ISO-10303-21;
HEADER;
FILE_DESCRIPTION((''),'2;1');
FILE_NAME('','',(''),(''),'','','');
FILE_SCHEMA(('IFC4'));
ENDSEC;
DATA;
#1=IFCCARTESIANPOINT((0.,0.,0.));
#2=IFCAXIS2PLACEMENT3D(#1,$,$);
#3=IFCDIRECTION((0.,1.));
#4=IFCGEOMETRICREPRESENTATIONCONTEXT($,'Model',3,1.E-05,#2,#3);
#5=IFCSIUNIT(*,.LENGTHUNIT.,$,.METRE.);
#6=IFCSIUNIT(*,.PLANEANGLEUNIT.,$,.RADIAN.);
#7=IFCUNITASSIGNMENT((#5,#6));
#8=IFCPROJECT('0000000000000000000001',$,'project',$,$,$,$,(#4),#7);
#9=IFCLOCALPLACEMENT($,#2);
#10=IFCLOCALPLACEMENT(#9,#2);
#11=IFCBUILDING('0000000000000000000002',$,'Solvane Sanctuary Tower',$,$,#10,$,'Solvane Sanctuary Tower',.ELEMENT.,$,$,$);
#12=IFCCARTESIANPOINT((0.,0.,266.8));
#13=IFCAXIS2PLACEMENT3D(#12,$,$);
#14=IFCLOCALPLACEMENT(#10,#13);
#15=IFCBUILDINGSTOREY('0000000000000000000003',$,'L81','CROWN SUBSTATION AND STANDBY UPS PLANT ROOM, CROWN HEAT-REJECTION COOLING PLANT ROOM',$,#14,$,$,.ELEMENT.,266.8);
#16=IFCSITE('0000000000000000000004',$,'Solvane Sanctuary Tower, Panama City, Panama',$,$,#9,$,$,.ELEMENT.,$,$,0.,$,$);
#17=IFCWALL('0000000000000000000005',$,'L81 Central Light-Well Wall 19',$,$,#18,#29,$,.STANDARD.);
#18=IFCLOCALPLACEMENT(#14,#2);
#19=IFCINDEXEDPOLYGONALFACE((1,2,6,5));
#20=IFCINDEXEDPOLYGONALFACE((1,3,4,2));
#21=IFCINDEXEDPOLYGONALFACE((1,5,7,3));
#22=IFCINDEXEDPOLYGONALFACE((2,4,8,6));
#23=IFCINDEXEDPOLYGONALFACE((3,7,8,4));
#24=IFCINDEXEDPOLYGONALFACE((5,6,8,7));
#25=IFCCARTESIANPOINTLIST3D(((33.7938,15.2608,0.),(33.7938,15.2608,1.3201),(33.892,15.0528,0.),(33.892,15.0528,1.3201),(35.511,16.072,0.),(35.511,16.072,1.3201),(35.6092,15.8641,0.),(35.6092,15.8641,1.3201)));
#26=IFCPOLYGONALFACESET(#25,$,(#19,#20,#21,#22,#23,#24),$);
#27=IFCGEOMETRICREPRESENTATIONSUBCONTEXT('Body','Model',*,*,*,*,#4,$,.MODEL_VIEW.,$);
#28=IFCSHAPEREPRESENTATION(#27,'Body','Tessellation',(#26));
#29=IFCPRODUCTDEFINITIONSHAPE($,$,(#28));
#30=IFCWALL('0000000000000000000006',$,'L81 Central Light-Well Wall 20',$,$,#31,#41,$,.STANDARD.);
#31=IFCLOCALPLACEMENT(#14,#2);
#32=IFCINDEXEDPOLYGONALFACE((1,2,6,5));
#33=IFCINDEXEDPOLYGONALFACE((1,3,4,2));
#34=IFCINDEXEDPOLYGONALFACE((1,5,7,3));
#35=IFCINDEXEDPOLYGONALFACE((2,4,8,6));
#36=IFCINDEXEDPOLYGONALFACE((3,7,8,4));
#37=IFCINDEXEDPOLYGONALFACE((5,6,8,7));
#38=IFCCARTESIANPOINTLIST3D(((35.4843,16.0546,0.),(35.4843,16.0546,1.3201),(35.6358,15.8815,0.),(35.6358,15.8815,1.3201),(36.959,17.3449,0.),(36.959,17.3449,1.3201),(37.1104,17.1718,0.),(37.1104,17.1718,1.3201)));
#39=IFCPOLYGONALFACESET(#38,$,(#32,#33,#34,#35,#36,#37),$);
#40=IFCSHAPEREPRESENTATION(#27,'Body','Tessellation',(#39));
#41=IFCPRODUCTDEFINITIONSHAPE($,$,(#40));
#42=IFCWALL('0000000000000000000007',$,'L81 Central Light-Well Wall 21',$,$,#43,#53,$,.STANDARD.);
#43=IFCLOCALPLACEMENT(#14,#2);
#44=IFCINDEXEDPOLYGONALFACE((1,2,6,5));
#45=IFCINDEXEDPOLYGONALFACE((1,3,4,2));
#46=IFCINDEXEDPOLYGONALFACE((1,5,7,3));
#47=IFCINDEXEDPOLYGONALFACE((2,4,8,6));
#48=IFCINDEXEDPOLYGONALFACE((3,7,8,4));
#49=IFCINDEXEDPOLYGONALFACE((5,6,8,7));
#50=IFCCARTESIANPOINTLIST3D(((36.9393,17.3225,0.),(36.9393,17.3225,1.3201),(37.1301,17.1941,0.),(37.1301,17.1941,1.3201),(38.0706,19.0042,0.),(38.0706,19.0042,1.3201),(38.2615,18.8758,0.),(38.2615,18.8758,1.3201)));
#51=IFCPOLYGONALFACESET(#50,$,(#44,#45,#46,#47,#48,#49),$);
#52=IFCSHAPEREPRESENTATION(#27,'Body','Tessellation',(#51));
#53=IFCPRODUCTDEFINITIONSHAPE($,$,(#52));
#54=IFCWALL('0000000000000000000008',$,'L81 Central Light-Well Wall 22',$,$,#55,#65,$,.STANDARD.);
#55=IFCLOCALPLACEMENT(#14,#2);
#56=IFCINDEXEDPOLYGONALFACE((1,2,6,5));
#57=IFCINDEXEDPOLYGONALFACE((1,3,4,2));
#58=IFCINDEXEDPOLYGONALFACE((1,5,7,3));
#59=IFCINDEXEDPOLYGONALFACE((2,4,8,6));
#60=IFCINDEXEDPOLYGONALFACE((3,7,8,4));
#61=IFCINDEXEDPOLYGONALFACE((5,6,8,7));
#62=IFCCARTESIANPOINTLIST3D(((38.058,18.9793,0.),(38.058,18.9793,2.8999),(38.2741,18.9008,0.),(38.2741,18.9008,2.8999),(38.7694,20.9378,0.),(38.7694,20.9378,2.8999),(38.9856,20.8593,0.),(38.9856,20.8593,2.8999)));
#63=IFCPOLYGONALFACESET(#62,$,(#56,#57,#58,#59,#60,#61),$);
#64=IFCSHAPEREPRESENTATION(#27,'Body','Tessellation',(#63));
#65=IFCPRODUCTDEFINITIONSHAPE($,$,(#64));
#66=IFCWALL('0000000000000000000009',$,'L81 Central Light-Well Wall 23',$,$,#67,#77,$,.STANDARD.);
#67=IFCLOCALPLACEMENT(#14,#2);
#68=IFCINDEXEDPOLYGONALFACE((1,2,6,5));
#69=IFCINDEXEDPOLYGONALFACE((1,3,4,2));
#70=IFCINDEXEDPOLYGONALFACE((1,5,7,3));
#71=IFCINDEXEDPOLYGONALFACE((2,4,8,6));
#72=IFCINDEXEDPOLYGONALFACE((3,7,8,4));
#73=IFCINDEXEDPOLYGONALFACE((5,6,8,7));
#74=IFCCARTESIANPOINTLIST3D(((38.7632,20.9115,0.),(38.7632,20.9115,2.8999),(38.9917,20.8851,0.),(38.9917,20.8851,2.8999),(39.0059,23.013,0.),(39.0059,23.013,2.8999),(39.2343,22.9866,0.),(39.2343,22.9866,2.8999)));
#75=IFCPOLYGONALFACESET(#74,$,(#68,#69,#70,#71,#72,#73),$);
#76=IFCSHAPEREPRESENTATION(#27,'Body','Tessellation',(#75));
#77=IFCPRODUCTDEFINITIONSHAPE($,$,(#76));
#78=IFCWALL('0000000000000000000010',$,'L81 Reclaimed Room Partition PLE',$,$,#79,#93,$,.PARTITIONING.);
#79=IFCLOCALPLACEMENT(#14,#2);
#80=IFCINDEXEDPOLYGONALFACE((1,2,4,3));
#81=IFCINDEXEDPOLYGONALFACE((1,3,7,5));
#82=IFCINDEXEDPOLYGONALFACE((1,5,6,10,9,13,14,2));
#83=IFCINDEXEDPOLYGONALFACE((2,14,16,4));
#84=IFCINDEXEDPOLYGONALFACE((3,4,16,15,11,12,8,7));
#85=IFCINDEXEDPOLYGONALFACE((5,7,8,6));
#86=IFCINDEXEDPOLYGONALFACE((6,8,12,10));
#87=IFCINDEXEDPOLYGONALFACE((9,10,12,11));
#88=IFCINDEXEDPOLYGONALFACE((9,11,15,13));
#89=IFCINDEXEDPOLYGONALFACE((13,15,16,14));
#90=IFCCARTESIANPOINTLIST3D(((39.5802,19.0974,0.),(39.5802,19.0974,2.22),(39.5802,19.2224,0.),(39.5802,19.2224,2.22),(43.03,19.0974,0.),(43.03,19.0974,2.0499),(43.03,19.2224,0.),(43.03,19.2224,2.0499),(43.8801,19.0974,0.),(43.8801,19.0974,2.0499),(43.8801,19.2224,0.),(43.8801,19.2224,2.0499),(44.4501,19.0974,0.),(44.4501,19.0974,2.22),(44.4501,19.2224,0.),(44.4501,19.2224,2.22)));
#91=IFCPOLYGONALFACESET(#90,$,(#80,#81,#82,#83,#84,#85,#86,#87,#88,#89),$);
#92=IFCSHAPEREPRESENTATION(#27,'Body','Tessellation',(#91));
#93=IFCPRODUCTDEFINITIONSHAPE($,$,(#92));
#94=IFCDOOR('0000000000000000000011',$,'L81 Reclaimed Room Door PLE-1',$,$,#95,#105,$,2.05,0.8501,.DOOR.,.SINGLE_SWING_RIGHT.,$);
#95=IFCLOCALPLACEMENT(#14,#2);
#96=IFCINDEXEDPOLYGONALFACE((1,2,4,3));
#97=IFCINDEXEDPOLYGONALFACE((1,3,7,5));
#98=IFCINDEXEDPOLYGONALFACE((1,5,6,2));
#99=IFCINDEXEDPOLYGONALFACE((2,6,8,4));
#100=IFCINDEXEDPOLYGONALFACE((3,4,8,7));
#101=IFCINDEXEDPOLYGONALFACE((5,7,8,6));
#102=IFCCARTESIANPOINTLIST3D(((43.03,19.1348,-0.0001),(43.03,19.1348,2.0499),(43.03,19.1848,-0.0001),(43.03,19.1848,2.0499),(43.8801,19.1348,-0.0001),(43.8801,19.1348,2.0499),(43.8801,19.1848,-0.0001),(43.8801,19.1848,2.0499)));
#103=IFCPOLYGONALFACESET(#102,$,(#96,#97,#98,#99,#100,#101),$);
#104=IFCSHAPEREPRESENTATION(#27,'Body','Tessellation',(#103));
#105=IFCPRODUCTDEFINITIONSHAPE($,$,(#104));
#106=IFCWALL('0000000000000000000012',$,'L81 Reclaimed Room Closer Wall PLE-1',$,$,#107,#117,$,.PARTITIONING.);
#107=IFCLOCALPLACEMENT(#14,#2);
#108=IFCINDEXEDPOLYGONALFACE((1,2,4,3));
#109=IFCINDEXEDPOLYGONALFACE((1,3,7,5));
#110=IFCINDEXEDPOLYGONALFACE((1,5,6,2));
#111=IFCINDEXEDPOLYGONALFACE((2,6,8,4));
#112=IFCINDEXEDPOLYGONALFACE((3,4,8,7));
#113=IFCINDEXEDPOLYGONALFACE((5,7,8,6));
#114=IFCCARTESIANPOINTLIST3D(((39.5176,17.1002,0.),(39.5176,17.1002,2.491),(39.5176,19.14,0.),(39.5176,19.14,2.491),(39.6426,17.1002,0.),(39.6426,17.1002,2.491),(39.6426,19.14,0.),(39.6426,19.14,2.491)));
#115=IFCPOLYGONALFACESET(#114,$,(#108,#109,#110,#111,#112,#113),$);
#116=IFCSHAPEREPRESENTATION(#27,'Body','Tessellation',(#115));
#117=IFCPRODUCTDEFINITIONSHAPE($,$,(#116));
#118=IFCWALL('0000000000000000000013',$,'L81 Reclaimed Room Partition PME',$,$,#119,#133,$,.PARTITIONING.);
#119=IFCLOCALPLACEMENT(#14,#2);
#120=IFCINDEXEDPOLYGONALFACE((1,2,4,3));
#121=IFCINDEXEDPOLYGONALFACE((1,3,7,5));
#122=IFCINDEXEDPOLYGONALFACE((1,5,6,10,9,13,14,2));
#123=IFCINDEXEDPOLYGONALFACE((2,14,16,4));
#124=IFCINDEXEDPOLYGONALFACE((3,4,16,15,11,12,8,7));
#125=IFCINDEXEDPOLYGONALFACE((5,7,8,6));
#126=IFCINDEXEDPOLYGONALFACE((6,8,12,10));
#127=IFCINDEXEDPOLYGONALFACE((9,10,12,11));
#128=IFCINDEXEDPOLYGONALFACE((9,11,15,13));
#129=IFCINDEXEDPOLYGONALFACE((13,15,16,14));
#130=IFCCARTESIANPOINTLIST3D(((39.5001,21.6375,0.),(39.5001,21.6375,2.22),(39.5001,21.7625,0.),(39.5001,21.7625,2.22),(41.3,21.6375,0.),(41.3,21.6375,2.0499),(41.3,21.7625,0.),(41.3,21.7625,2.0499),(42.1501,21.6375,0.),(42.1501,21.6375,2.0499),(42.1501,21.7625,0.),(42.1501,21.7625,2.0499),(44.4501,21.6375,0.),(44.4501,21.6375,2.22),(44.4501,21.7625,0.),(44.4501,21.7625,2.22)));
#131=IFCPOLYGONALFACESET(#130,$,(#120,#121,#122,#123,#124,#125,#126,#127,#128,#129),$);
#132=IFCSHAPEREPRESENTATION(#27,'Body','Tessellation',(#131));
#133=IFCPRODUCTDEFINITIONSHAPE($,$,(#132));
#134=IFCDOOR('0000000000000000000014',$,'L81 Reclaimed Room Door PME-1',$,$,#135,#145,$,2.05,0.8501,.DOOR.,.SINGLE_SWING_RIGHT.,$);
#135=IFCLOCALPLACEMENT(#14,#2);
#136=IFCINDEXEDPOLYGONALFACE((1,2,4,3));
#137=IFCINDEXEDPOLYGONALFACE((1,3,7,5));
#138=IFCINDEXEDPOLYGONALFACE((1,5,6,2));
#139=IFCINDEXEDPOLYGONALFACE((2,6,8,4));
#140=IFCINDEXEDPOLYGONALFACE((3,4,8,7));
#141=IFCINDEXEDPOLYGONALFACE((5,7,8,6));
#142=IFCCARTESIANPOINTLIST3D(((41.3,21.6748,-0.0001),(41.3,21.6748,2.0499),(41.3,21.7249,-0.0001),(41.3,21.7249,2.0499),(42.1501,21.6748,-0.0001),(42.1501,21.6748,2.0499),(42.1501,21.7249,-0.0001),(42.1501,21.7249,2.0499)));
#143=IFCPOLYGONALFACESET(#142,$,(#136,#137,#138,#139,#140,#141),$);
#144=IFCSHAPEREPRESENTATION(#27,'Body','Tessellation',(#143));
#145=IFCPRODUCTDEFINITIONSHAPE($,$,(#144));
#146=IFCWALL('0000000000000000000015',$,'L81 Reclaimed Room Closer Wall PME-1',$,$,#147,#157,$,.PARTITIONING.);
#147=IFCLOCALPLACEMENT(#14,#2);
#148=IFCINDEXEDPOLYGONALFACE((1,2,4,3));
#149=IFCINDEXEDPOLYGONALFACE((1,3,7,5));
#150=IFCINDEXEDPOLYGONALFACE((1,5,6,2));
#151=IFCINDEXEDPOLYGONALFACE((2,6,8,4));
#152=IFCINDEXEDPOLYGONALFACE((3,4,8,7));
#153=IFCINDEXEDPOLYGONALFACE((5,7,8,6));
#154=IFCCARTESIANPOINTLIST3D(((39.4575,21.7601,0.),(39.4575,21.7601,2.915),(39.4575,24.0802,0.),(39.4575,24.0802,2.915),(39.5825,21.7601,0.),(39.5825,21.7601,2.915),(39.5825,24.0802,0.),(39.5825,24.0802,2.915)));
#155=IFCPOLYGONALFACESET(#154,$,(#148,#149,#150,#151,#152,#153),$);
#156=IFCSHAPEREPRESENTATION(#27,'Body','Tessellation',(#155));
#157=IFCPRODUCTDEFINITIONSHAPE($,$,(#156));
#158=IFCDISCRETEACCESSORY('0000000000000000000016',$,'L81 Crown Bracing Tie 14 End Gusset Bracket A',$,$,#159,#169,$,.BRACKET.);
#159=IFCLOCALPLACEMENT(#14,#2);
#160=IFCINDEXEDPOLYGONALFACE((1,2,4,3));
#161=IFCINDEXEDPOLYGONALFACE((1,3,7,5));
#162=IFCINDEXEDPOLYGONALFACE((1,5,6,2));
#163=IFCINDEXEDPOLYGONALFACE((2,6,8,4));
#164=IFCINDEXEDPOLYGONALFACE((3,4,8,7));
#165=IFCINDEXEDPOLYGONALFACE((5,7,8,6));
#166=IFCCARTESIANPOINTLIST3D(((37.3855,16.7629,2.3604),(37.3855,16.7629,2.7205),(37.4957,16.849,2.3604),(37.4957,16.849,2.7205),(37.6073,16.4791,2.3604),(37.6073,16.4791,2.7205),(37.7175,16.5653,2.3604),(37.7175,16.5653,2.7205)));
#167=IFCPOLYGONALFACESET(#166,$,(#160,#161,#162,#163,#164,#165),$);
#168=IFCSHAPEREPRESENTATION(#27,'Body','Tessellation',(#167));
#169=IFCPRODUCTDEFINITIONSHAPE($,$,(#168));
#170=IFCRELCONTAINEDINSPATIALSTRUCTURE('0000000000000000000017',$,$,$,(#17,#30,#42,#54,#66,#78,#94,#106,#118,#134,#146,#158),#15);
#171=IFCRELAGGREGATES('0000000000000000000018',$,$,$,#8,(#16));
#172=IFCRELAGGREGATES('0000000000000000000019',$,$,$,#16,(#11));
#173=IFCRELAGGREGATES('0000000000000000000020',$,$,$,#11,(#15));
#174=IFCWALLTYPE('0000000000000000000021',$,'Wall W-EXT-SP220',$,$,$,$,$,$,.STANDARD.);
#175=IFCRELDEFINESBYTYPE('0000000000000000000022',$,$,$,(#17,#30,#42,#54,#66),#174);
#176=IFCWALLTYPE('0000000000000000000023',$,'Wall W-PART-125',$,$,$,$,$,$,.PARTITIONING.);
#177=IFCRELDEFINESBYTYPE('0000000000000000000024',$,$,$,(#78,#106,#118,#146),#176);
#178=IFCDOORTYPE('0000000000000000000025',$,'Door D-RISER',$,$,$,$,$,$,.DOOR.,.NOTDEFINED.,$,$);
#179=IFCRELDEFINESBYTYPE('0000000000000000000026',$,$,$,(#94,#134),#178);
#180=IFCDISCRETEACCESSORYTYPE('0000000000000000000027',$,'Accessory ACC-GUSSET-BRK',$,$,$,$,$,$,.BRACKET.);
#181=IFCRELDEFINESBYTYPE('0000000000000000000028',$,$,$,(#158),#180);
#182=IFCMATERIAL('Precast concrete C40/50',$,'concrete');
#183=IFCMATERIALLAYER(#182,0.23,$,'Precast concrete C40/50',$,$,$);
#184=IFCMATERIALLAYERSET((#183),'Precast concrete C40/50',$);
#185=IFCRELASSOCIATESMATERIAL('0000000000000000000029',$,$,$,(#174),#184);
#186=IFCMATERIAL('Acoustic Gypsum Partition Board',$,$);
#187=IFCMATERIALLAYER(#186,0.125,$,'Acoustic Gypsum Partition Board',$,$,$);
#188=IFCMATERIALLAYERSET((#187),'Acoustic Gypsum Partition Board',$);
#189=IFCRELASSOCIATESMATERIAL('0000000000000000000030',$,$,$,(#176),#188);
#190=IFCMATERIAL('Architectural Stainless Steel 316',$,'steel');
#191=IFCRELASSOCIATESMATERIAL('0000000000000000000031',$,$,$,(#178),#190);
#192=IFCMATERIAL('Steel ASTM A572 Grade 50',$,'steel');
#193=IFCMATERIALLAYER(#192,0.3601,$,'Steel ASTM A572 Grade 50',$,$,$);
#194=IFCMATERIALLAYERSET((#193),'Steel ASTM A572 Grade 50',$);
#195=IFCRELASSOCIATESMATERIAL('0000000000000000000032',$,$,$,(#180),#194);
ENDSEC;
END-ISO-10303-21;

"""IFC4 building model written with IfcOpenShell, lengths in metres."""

from ifc_helpers import new_model, si_unit, direction, frame, frame_2d, origin, origin_2d, place, context, subcontext, project, spatial, rectangle, extrude, material, layer, layer_set, type_object, element, fill, save


model = new_model("IFC4")

# Units and contexts
model_context = context("Model", 3, precision=1e-05, world=origin(), true_north=direction((0.0, 1.0)))
body_context = subcontext(model_context, "Body", "Model", "MODEL_VIEW")
ifc_project = project(units=[si_unit("LENGTHUNIT", "METRE"), si_unit("PLANEANGLEUNIT", "RADIAN")], contexts=[model_context])

# Site, building, storey
site_placement = place(None, origin())
site = spatial("IfcSite", under=ifc_project, at=site_placement, Name="Solvane Sanctuary Tower, Panama City, Panama", CompositionType="ELEMENT", RefElevation=0.0)
building_placement = place(site_placement, origin())
building = spatial("IfcBuilding", under=site, at=building_placement, Name="Solvane Sanctuary Tower", LongName="Solvane Sanctuary Tower", CompositionType="ELEMENT")
storey_placement = place(building_placement, frame((0.0, 0.0, 266.8)))
storey = spatial("IfcBuildingStorey", under=building, at=storey_placement, Name="L81", Description="CROWN SUBSTATION AND STANDBY UPS PLANT ROOM, CROWN HEAT-REJECTION COOLING PLANT ROOM", CompositionType="ELEMENT", Elevation=266.8)

# Walls
ifc_material_1 = material(Name="Precast concrete C40/50", Category="concrete")
ifc_layer_1 = layer(ifc_material_1, 0.23, Name="Precast concrete C40/50")
ifc_layer_set_1 = layer_set([ifc_layer_1], Name="Precast concrete C40/50")
wall_type_1 = type_object("IfcWallType", Name="Wall W-EXT-SP220", PredefinedType="STANDARD", material=ifc_layer_set_1)
wall_1_placement = place(storey_placement, frame((33.8428, 15.1567, 0.0), z_axis=(0.0, 0.0, 1.0), x_axis=(0.90418, 0.427152, 0.0)))
element("IfcWall", 1, at=wall_1_placement, inside=storey, type_object=wall_type_1, Name="L81 Central Light-Well Wall 19", PredefinedType="STANDARD", context=body_context, shape_type="SweptSolid", body=[
    extrude(rectangle(XDim=1.8992, YDim=0.23, at=frame_2d((0.9497, 0.0))), origin(), (0.0, 0.0, 1.0), 1.3201),
])
wall_2_placement = place(storey_placement, frame((35.5601, 15.968, 0.0), z_axis=(0.0, 0.0, 1.0), x_axis=(0.752577, 0.658505, 0.0)))
element("IfcWall", 2, at=wall_2_placement, inside=storey, type_object=wall_type_1, Name="L81 Central Light-Well Wall 20", PredefinedType="STANDARD", context=body_context, shape_type="SweptSolid", body=[
    extrude(rectangle(XDim=1.9595, YDim=0.23, at=frame_2d((0.9797, 0.0))), origin(), (0.0, 0.0, 1.0), 1.3201),
])
wall_3_placement = place(storey_placement, frame((37.0347, 17.2583, 0.0), z_axis=(0.0, 0.0, 1.0), x_axis=(0.558198, 0.829708, 0.0)))
element("IfcWall", 3, at=wall_3_placement, inside=storey, type_object=wall_type_1, Name="L81 Central Light-Well Wall 21", PredefinedType="STANDARD", context=body_context, shape_type="SweptSolid", body=[
    extrude(rectangle(XDim=2.0269, YDim=0.23, at=frame_2d((1.0134, 0.0))), origin(), (0.0, 0.0, 1.0), 1.3201),
])
wall_4_placement = place(storey_placement, frame((38.166, 18.9399, 0.0), z_axis=(0.0, 0.0, 1.0), x_axis=(0.341423, 0.93991, 0.0)))
element("IfcWall", 4, at=wall_4_placement, inside=storey, type_object=wall_type_1, Name="L81 Central Light-Well Wall 22", PredefinedType="STANDARD", context=body_context, shape_type="SweptSolid", body=[
    extrude(rectangle(XDim=2.0837, YDim=0.23, at=frame_2d((1.042, 0.0))), origin(), (0.0, 0.0, 1.0), 2.8999),
])
wall_5_placement = place(storey_placement, frame((38.8774, 20.8984, 0.0), z_axis=(0.0, 0.0, 1.0), x_axis=(0.114712, 0.993399, 0.0)))
element("IfcWall", 5, at=wall_5_placement, inside=storey, type_object=wall_type_1, Name="L81 Central Light-Well Wall 23", PredefinedType="STANDARD", context=body_context, shape_type="SweptSolid", body=[
    extrude(rectangle(XDim=2.1155, YDim=0.23, at=frame_2d((1.0576, 0.0))), origin(), (0.0, 0.0, 1.0), 2.8999),
])

# Wall, opening, door
ifc_material_2 = material(Name="Acoustic Gypsum Partition Board")
ifc_layer_2 = layer(ifc_material_2, 0.125, Name="Acoustic Gypsum Partition Board")
ifc_layer_set_2 = layer_set([ifc_layer_2], Name="Acoustic Gypsum Partition Board")
wall_type_2 = type_object("IfcWallType", Name="Wall W-PART-125", PredefinedType="PARTITIONING", material=ifc_layer_set_2)
wall_6_placement = place(storey_placement, frame((39.5801, 19.1599, 0.0), z_axis=(0.0, 0.0, 1.0), x_axis=(1.0, 0.0, 0.0)))
wall_6 = element("IfcWall", 6, at=wall_6_placement, inside=storey, type_object=wall_type_2, Name="L81 Reclaimed Room Partition PLE", PredefinedType="PARTITIONING", context=body_context, shape_type="SweptSolid", body=[
    extrude(rectangle(XDim=4.8699, YDim=0.125, at=frame_2d((2.4351, 0.0))), origin(), (0.0, 0.0, 1.0), 2.22),
])
opening_1_placement = place(wall_6_placement, frame((3.45, 0.0, 0.0)))
opening_1 = element("IfcOpeningElement", 7, at=opening_1_placement, cuts=wall_6, PredefinedType="OPENING", context=body_context, shape_type="SweptSolid", body=[
    extrude(rectangle(XDim=0.8501, YDim=2.05, at=frame_2d((0.425, 1.0249))), frame((0.0, 0.0725, 0.0), z_axis=(0.0, -1.0, 0.0), x_axis=(1.0, 0.0, 0.0)), (0.0, 0.0, 1.0), 0.145),
])
ifc_material_3 = material(Name="Architectural Stainless Steel 316", Category="steel")
door_type = type_object("IfcDoorType", Name="Door D-RISER", OperationType="NOTDEFINED", PredefinedType="DOOR", material=ifc_material_3)
door_1_placement = place(opening_1_placement, origin())
door_1 = element("IfcDoor", 8, at=door_1_placement, inside=storey, type_object=door_type, Name="L81 Reclaimed Room Door PLE-1", OperationType="SINGLE_SWING_RIGHT", OverallHeight=2.05, OverallWidth=0.8501, PredefinedType="DOOR", context=body_context, shape_type="SweptSolid", body=[
    extrude(rectangle(XDim=0.8501, YDim=2.05, at=frame_2d((0.425, 1.0249))), frame((0.0, 0.0249, 0.0), z_axis=(0.0, -1.0, 0.0), x_axis=(1.0, 0.0, 0.0)), (0.0, 0.0, 1.0), 0.05),
])
fill(opening_1, door_1)

# Wall
wall_7_placement = place(storey_placement, frame((39.5801, 17.1001, 0.0), z_axis=(0.0, 0.0, 1.0), x_axis=(0.0, 1.0, 0.0)))
element("IfcWall", 9, at=wall_7_placement, inside=storey, type_object=wall_type_2, Name="L81 Reclaimed Room Closer Wall PLE-1", PredefinedType="PARTITIONING", context=body_context, shape_type="SweptSolid", body=[
    extrude(rectangle(XDim=2.0398, YDim=0.125, at=frame_2d((1.02, 0.0))), origin(), (0.0, 0.0, 1.0), 2.491),
])

# Wall, opening, door
wall_8_placement = place(storey_placement, frame((39.5, 21.7, 0.0), z_axis=(0.0, 0.0, 1.0), x_axis=(1.0, 0.0, 0.0)))
wall_8 = element("IfcWall", 10, at=wall_8_placement, inside=storey, type_object=wall_type_2, Name="L81 Reclaimed Room Partition PME", PredefinedType="PARTITIONING", context=body_context, shape_type="SweptSolid", body=[
    extrude(rectangle(XDim=4.95, YDim=0.125, at=frame_2d((2.4751, 0.0))), origin(), (0.0, 0.0, 1.0), 2.22),
])
opening_2_placement = place(wall_8_placement, frame((1.8, 0.0, 0.0)))
opening_2 = element("IfcOpeningElement", 11, at=opening_2_placement, cuts=wall_8, PredefinedType="OPENING", context=body_context, shape_type="SweptSolid", body=[
    extrude(rectangle(XDim=0.8501, YDim=2.05, at=frame_2d((0.425, 1.0249))), frame((0.0, 0.0725, 0.0), z_axis=(0.0, -1.0, 0.0), x_axis=(1.0, 0.0, 0.0)), (0.0, 0.0, 1.0), 0.145),
])
door_2_placement = place(opening_2_placement, origin())
door_2 = element("IfcDoor", 12, at=door_2_placement, inside=storey, type_object=door_type, Name="L81 Reclaimed Room Door PME-1", OperationType="SINGLE_SWING_RIGHT", OverallHeight=2.05, OverallWidth=0.8501, PredefinedType="DOOR", context=body_context, shape_type="SweptSolid", body=[
    extrude(rectangle(XDim=0.8501, YDim=2.05, at=frame_2d((0.425, 1.0249))), frame((0.0, 0.0249, 0.0), z_axis=(0.0, -1.0, 0.0), x_axis=(1.0, 0.0, 0.0)), (0.0, 0.0, 1.0), 0.05),
])
fill(opening_2, door_2)

# Wall
wall_9_placement = place(storey_placement, frame((39.52, 21.76, 0.0), z_axis=(0.0, 0.0, 1.0), x_axis=(0.0, 1.0, 0.0)))
element("IfcWall", 13, at=wall_9_placement, inside=storey, type_object=wall_type_2, Name="L81 Reclaimed Room Closer Wall PME-1", PredefinedType="PARTITIONING", context=body_context, shape_type="SweptSolid", body=[
    extrude(rectangle(XDim=2.3201, YDim=0.125, at=frame_2d((1.1602, 0.0))), origin(), (0.0, 0.0, 1.0), 2.915),
])

# Discrete accessory
ifc_material_4 = material(Name="Steel ASTM A572 Grade 50", Category="steel")
ifc_layer_3 = layer(ifc_material_4, 0.3601, Name="Steel ASTM A572 Grade 50")
ifc_layer_set_3 = layer_set([ifc_layer_3], Name="Steel ASTM A572 Grade 50")
discrete_accessory_type = type_object("IfcDiscreteAccessoryType", Name="Accessory ACC-GUSSET-BRK", PredefinedType="BRACKET", material=ifc_layer_set_3)
discrete_accessory_placement = place(storey_placement, frame((37.5515, 16.6641, 2.3604), z_axis=(0.0, 0.0, 1.0), x_axis=(0.615799, -0.787903, 0.0)))
element("IfcDiscreteAccessory", 14, at=discrete_accessory_placement, inside=storey, type_object=discrete_accessory_type, Name="L81 Crown Bracing Tie 14 End Gusset Bracket A", PredefinedType="BRACKET", context=body_context, shape_type="SweptSolid", body=[
    extrude(rectangle(XDim=0.3601, YDim=0.1399, at=origin_2d()), origin(), (0.0, 0.0, 1.0), 0.3601),
])

save(model, "model.ifc")
